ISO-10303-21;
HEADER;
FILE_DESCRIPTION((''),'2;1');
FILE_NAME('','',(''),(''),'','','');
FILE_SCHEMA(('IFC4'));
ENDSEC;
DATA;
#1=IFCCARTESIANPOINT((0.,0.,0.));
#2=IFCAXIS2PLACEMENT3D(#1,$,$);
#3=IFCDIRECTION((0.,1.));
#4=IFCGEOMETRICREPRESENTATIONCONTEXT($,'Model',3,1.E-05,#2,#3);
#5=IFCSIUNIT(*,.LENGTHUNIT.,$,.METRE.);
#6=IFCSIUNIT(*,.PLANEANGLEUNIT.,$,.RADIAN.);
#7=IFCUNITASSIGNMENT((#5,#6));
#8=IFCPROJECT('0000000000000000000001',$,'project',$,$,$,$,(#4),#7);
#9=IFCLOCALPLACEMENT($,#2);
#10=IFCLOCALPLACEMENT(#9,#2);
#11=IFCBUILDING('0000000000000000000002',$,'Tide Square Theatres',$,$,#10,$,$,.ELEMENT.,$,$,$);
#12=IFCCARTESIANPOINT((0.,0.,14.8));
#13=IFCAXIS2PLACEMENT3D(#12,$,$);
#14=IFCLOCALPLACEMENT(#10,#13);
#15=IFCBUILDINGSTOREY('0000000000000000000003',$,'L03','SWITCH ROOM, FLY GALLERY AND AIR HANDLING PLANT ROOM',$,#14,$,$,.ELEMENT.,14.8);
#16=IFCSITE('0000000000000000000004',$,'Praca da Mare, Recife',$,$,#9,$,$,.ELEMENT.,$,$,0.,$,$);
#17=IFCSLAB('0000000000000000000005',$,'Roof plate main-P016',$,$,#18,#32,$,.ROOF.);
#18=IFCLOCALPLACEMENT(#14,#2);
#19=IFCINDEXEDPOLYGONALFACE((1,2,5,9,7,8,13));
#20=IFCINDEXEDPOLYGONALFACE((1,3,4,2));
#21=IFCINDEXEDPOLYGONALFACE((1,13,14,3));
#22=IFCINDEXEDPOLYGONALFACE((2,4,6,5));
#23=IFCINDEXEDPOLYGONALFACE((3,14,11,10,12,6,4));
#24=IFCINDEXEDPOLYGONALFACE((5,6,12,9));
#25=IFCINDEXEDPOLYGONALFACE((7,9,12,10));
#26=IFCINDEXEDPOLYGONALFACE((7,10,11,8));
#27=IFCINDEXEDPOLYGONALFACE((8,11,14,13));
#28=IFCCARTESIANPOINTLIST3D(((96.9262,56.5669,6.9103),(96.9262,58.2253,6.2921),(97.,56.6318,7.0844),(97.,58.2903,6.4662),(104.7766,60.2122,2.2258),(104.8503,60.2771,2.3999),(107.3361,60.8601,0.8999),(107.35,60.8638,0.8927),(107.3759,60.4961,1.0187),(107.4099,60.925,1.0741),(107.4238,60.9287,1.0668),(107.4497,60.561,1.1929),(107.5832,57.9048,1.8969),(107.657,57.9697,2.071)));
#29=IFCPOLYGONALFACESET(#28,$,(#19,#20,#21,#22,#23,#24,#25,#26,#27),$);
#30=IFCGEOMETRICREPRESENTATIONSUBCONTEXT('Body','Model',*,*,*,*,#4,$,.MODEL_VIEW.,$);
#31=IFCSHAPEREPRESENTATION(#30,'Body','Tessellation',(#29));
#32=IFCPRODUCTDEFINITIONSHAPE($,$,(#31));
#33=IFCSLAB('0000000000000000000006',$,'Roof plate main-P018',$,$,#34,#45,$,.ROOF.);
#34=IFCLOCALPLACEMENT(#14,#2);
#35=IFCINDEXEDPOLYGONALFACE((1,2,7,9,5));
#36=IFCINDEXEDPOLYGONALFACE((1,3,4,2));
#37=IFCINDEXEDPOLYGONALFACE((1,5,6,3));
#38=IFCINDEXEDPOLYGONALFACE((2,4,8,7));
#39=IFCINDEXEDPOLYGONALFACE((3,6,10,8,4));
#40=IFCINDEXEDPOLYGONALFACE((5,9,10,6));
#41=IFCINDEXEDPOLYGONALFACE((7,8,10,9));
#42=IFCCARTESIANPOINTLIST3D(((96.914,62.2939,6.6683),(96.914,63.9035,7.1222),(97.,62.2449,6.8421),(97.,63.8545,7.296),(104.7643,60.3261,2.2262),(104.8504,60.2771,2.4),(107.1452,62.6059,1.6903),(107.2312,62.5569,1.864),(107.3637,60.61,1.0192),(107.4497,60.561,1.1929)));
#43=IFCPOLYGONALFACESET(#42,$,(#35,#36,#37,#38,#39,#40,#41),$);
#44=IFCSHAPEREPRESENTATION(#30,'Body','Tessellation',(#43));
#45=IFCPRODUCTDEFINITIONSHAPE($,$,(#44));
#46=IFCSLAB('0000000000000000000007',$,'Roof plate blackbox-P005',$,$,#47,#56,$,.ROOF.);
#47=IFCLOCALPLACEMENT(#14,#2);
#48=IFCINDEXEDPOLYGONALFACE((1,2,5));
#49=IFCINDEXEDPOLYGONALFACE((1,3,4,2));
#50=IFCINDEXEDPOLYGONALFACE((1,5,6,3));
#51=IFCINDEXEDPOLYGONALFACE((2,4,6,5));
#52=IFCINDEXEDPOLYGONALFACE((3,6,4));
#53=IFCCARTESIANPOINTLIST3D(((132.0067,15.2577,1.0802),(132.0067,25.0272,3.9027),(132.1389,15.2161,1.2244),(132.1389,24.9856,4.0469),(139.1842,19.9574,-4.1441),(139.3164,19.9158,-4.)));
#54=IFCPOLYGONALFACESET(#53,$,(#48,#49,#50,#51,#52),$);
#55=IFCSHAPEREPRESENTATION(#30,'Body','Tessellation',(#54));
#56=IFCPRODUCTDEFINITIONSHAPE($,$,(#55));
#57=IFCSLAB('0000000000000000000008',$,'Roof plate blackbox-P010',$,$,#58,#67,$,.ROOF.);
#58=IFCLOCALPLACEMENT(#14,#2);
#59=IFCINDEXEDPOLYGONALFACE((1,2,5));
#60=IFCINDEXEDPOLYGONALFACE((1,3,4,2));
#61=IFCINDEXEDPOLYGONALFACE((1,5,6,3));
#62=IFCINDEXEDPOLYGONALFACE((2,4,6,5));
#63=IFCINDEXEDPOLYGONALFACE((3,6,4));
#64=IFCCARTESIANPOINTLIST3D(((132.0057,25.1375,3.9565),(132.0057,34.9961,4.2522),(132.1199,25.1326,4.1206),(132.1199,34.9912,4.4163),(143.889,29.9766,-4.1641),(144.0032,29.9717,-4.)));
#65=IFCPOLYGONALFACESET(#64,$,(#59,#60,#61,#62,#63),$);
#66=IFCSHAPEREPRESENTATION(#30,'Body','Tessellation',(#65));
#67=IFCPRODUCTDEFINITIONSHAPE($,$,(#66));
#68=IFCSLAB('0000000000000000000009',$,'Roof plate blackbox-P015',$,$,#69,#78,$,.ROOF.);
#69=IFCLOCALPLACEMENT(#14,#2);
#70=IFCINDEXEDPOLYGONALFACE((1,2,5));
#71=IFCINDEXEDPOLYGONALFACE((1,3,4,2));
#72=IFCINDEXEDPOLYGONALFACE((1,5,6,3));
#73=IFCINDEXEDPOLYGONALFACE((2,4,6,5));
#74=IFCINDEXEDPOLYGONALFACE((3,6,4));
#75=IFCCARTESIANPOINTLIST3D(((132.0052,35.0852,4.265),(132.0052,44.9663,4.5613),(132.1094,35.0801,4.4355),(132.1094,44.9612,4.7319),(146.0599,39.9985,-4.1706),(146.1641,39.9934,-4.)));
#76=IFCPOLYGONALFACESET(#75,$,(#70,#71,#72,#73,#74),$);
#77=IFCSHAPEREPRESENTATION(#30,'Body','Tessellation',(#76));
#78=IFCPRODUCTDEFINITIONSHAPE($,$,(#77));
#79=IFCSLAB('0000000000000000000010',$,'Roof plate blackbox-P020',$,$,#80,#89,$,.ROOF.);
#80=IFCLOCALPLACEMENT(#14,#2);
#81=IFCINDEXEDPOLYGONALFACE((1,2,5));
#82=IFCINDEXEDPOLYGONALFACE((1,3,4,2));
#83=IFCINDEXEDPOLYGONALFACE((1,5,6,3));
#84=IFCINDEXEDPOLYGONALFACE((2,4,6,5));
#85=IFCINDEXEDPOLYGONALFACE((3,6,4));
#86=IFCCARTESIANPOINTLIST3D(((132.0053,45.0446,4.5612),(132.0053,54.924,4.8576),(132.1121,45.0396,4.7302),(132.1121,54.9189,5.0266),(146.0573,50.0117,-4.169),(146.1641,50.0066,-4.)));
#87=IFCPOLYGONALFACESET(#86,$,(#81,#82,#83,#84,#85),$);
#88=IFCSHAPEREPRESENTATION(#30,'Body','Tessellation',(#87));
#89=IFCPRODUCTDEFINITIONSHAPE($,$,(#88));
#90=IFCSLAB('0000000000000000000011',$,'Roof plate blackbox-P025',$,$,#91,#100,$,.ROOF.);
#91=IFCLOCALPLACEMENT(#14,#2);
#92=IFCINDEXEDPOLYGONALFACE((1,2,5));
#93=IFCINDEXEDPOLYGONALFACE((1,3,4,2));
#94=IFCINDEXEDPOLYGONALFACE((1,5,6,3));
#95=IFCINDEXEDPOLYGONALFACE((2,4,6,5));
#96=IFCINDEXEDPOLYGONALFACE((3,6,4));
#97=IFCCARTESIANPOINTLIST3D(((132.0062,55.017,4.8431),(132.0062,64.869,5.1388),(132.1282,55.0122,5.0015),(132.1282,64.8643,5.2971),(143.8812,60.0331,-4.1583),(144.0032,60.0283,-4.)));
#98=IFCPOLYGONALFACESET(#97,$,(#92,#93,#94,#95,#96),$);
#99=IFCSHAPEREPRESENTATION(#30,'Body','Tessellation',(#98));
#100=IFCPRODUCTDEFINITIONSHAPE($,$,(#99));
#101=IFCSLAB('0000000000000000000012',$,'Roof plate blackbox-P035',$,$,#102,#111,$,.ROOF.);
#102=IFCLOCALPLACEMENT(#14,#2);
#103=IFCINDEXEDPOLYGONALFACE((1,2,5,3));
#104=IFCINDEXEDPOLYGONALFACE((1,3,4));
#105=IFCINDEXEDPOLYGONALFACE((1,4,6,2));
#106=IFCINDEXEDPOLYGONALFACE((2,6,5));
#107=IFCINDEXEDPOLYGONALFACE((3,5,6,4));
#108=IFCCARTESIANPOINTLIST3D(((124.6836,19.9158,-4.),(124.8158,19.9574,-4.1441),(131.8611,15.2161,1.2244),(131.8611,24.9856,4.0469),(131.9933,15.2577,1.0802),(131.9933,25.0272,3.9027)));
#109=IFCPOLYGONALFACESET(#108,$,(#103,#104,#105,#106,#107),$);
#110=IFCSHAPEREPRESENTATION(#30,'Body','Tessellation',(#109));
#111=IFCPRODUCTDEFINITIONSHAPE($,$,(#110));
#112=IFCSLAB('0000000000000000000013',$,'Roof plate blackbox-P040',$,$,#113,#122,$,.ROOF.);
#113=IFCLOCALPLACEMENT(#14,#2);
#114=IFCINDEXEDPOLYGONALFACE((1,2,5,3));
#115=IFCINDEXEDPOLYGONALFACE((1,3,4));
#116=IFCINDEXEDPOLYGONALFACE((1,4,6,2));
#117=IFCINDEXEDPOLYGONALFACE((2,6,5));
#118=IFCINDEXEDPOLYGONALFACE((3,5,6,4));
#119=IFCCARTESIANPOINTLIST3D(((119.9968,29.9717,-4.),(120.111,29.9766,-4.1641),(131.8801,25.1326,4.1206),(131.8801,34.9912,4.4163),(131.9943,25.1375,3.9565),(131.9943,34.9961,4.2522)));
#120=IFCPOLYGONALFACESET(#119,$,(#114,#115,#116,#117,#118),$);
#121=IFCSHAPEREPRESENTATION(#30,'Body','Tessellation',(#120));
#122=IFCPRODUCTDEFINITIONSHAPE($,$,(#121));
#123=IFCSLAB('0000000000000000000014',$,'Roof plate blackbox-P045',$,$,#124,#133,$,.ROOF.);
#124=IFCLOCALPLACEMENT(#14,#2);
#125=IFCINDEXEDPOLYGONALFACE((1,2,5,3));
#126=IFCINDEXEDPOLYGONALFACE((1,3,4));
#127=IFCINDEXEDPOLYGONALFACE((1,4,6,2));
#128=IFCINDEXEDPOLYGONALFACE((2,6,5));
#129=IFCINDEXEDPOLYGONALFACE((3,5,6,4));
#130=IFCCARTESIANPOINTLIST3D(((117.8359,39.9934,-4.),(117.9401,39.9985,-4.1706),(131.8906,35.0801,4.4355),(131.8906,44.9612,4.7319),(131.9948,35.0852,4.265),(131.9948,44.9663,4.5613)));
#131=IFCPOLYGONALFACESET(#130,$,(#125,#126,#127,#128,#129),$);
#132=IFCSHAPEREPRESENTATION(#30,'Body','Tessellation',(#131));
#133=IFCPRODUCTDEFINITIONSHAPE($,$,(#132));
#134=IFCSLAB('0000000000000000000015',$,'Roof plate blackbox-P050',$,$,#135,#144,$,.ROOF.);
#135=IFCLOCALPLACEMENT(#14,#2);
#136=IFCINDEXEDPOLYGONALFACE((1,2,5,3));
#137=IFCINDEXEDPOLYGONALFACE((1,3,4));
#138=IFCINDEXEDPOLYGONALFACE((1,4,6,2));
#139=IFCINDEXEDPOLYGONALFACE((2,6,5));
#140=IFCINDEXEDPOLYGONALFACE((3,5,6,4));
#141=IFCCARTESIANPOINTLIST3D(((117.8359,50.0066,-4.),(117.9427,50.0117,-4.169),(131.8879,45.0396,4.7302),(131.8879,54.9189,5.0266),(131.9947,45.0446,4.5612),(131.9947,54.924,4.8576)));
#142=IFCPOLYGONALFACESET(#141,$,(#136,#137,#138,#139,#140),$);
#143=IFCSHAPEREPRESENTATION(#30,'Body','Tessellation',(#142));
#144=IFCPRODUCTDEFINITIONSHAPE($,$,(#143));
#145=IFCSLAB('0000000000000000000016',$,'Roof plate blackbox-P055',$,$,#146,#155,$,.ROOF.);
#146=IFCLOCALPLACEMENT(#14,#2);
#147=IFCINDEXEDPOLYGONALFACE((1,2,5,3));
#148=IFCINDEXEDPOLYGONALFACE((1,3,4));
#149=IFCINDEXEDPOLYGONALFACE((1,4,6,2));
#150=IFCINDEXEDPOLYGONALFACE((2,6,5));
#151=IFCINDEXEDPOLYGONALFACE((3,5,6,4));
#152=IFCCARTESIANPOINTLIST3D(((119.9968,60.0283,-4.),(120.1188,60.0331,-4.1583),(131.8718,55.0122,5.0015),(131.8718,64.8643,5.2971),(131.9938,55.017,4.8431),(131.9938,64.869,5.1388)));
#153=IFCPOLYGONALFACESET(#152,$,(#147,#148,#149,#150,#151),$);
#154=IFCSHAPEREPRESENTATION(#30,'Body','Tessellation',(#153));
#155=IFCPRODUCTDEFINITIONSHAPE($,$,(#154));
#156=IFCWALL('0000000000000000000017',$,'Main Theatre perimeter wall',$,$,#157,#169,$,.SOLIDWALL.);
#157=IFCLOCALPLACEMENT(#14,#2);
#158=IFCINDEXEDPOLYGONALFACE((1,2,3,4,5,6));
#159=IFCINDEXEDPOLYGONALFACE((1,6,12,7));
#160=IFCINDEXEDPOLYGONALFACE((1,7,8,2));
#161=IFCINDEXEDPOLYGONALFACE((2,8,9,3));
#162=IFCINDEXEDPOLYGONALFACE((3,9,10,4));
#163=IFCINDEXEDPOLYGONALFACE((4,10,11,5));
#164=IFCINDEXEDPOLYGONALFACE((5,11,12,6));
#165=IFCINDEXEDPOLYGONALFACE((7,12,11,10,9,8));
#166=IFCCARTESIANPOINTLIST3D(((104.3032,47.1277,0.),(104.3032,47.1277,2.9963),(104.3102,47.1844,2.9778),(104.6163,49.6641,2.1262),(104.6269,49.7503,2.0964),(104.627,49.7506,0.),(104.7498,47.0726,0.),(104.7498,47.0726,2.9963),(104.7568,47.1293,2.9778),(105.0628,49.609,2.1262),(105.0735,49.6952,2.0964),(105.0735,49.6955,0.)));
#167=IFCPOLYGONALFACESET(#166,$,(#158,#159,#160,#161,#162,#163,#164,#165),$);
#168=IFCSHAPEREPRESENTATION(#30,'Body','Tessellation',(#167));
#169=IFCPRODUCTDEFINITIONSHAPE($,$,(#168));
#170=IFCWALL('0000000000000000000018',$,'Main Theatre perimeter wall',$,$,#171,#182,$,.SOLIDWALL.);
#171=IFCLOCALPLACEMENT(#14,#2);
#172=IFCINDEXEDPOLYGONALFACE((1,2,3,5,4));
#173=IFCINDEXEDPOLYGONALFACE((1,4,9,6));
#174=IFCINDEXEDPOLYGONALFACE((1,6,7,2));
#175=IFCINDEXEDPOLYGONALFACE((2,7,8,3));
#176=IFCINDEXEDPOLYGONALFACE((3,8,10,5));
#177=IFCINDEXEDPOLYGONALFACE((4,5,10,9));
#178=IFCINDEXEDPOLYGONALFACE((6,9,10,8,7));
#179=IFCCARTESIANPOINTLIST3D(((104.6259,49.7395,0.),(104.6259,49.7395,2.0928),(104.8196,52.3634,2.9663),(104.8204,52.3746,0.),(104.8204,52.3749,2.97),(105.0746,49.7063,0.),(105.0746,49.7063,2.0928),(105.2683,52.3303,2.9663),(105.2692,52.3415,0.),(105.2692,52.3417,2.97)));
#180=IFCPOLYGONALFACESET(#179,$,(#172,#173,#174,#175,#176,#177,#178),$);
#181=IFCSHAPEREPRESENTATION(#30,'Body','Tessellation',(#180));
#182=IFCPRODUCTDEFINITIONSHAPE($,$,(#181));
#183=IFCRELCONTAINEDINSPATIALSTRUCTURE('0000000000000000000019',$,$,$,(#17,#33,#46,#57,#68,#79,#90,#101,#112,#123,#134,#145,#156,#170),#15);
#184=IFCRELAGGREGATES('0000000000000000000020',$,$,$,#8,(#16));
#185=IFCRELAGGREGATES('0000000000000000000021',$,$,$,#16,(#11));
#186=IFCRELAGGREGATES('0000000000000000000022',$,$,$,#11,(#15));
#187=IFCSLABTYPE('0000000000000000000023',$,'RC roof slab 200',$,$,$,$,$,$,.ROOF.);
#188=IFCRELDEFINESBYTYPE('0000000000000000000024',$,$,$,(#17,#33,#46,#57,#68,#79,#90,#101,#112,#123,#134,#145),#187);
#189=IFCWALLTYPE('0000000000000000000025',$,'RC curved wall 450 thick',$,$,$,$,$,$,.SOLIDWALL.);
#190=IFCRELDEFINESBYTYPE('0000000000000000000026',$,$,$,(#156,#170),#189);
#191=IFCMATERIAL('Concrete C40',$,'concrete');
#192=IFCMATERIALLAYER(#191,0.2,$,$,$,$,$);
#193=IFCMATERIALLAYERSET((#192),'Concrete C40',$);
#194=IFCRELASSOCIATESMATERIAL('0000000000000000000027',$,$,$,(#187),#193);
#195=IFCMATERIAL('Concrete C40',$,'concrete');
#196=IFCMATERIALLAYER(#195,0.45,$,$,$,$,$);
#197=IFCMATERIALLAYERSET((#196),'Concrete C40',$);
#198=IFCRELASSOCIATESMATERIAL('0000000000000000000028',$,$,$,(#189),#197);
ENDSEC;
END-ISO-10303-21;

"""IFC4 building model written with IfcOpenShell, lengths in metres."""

from ifc_helpers import new_model, si_unit, direction, frame, origin, place, context, subcontext, project, spatial, polyline, outline, extrude, material, layer, layer_set, type_object, element, save


model = new_model("IFC4")

# Units and contexts
model_context = context("Model", 3, precision=1e-05, world=origin(), true_north=direction((0.0, 1.0)))
body_context = subcontext(model_context, "Body", "Model", "MODEL_VIEW")
ifc_project = project(units=[si_unit("LENGTHUNIT", "METRE"), si_unit("PLANEANGLEUNIT", "RADIAN")], contexts=[model_context])

# Site, building, storey
site_placement = place(None, origin())
site = spatial("IfcSite", under=ifc_project, at=site_placement, Name="Praca da Mare, Recife", CompositionType="ELEMENT", RefElevation=0.0)
building_placement = place(site_placement, origin())
building = spatial("IfcBuilding", under=site, at=building_placement, Name="Tide Square Theatres", CompositionType="ELEMENT")
storey_placement = place(building_placement, frame((0.0, 0.0, 14.8)))
storey = spatial("IfcBuildingStorey", under=building, at=storey_placement, Name="L03", Description="SWITCH ROOM, FLY GALLERY AND AIR HANDLING PLANT ROOM", CompositionType="ELEMENT", Elevation=14.8)

# Slabs
ifc_material_1 = material(Name="Concrete C40", Category="concrete")
ifc_layer_1 = layer(ifc_material_1, 0.2)
ifc_layer_set_1 = layer_set([ifc_layer_1], Name="Concrete C40")
slab_type = type_object("IfcSlabType", Name="RC roof slab 200", PredefinedType="ROOF", material=ifc_layer_set_1)
slab_1_placement = place(storey_placement, frame((104.8503, 60.2771, 2.3999), z_axis=(0.368948, 0.324646, 0.870909), x_axis=(-0.866343, -0.219262, 0.448748)))
element("IfcSlab", 1, at=slab_1_placement, inside=storey, type_object=slab_type, Name="Roof plate main-P016", PredefinedType="ROOF", context=body_context, shape_type="SweptSolid", body=[
    extrude(outline(polyline([(0.0, 0.0), (9.0615, 0.0), (9.7025, 1.6497), (-2.0732, 3.0019), (-2.9706, -0.0003), (-2.9544, -0.0001), (-2.8558, 0.372), (0.0, 0.0)])), origin(), (0.0, 0.0, -1.0), 0.2),
])
slab_2_placement = place(storey_placement, frame((107.2312, 62.5569, 1.864), z_axis=(0.43021, -0.245028, 0.868839), x_axis=(-0.877746, 0.111322, 0.466015)))
element("IfcSlab", 2, at=slab_2_placement, inside=storey, type_object=slab_type, Name="Roof plate main-P018", PredefinedType="ROOF", context=body_context, shape_type="SweptSolid", body=[
    extrude(outline(polyline([(0.0, 0.0), (11.6562, 0.0), (11.2655, 1.6261), (2.0857, 2.6082), (-0.7267, 1.9883), (0.0, 0.0)])), origin(), (0.0, 0.0, -1.0), 0.2),
])
slab_3_placement = place(storey_placement, frame((139.3164, 19.9158, -4.0), z_axis=(0.66106, -0.208261, 0.720851), x_axis=(-0.602382, 0.425493, 0.675346)))
element("IfcSlab", 3, at=slab_3_placement, inside=storey, type_object=slab_type, Name="Roof plate blackbox-P005", PredefinedType="ROOF", context=body_context, shape_type="SweptSolid", body=[
    extrude(outline(polyline([(0.0, 0.0), (11.9152, 0.0), (5.8522, 8.1639), (0.0, 0.0)])), origin(), (0.0, 0.0, -1.0), 0.2),
])
slab_4_placement = place(storey_placement, frame((144.0032, 29.9717, -4.0), z_axis=(0.570849, -0.024612, 0.820686), x_axis=(-0.77151, 0.325887, 0.546416)))
element("IfcSlab", 4, at=slab_4_placement, inside=storey, type_object=slab_type, Name="Roof plate blackbox-P010", PredefinedType="ROOF", context=body_context, shape_type="SweptSolid", body=[
    extrude(outline(polyline([(0.0, 0.0), (15.4027, 0.0), (12.0283, 9.2679), (0.0, 0.0)])), origin(), (0.0, 0.0, -1.0), 0.2),
])
slab_5_placement = place(storey_placement, frame((146.1641, 39.9934, -4.0), z_axis=(0.521012, -0.025591, 0.853166), x_axis=(-0.813539, 0.287554, 0.505438)))
element("IfcSlab", 5, at=slab_5_placement, inside=storey, type_object=slab_type, Name="Roof plate blackbox-P015", PredefinedType="ROOF", context=body_context, shape_type="SweptSolid", body=[
    extrude(outline(polyline([(0.0, 0.0), (17.276, 0.0), (14.2848, 9.4222), (0.0, 0.0)])), origin(), (0.0, 0.0, -1.0), 0.2),
])
slab_6_placement = place(storey_placement, frame((146.1641, 50.0066, -4.0), z_axis=(0.534006, -0.025353, 0.845101), x_axis=(-0.807174, 0.282175, 0.518506)))
element("IfcSlab", 6, at=slab_6_placement, inside=storey, type_object=slab_type, Name="Roof plate blackbox-P020", PredefinedType="ROOF", context=body_context, shape_type="SweptSolid", body=[
    extrude(outline(polyline([(0.0, 0.0), (17.4089, 0.0), (14.4675, 9.436), (0.0, 0.0)])), origin(), (0.0, 0.0, -1.0), 0.2),
])
slab_7_placement = place(storey_placement, frame((144.0032, 60.0283, -4.0), z_axis=(0.610266, -0.023763, 0.79184), x_axis=(-0.749785, 0.30534, 0.587018)))
element("IfcSlab", 7, at=slab_7_placement, inside=storey, type_object=slab_type, Name="Roof plate blackbox-P025", PredefinedType="ROOF", context=body_context, shape_type="SweptSolid", body=[
    extrude(outline(polyline([(0.0, 0.0), (15.8379, 0.0), (12.6561, 9.3288), (0.0, 0.0)])), origin(), (0.0, 0.0, -1.0), 0.2),
])
slab_8_placement = place(storey_placement, frame((124.6836, 19.9158, -4.0), z_axis=(-0.66106, -0.208261, 0.720851), x_axis=(0.714549, -0.467876, 0.520107)))
element("IfcSlab", 8, at=slab_8_placement, inside=storey, type_object=slab_type, Name="Roof plate blackbox-P035", PredefinedType="ROOF", context=body_context, shape_type="SweptSolid", body=[
    extrude(outline(polyline([(0.0, 0.0), (10.0448, 0.0), (6.9419, 9.6841), (0.0, 0.0)])), origin(), (0.0, 0.0, -1.0), 0.2),
])
slab_9_placement = place(storey_placement, frame((119.9968, 29.9717, -4.0), z_axis=(-0.570849, -0.024612, 0.820686), x_axis=(0.782586, -0.318684, 0.53479)))
element("IfcSlab", 9, at=slab_9_placement, inside=storey, type_object=slab_type, Name="Roof plate blackbox-P040", PredefinedType="ROOF", context=body_context, shape_type="SweptSolid", body=[
    extrude(outline(polyline([(0.0, 0.0), (15.1847, 0.0), (12.201, 9.401), (0.0, 0.0)])), origin(), (0.0, 0.0, -1.0), 0.2),
])
slab_10_placement = place(storey_placement, frame((117.8359, 39.9934, -4.0), z_axis=(-0.521012, -0.025591, 0.853166), x_axis=(0.821317, -0.287121, 0.49295)))
element("IfcSlab", 10, at=slab_10_placement, inside=storey, type_object=slab_type, Name="Roof plate blackbox-P045", PredefinedType="ROOF", context=body_context, shape_type="SweptSolid", body=[
    extrude(outline(polyline([(0.0, 0.0), (17.1124, 0.0), (14.4214, 9.5122), (0.0, 0.0)])), origin(), (0.0, 0.0, -1.0), 0.2),
])
slab_11_placement = place(storey_placement, frame((117.8359, 50.0066, -4.0), z_axis=(-0.534006, -0.025353, 0.845101), x_axis=(0.813537, -0.287566, 0.505434)))
element("IfcSlab", 11, at=slab_11_placement, inside=storey, type_object=slab_type, Name="Roof plate blackbox-P050", PredefinedType="ROOF", context=body_context, shape_type="SweptSolid", body=[
    extrude(outline(polyline([(0.0, 0.0), (17.2727, 0.0), (14.5816, 9.5104), (0.0, 0.0)])), origin(), (0.0, 0.0, -1.0), 0.2),
])
slab_12_placement = place(storey_placement, frame((119.9968, 60.0283, -4.0), z_axis=(-0.610266, -0.023763, 0.79184), x_axis=(0.755277, -0.319036, 0.572514)))
element("IfcSlab", 12, at=slab_12_placement, inside=storey, type_object=slab_type, Name="Roof plate blackbox-P055", PredefinedType="ROOF", context=body_context, shape_type="SweptSolid", body=[
    extrude(outline(polyline([(0.0, 0.0), (15.7227, 0.0), (12.7488, 9.3971), (0.0, 0.0)])), origin(), (0.0, 0.0, -1.0), 0.2),
])

# Walls
ifc_material_2 = material(Name="Concrete C40", Category="concrete")
ifc_layer_2 = layer(ifc_material_2, 0.45)
ifc_layer_set_2 = layer_set([ifc_layer_2], Name="Concrete C40")
wall_type_1 = type_object("IfcWallType", Name="RC curved wall 450 thick", PredefinedType="SOLIDWALL", material=ifc_layer_set_2)
wall_1_placement = place(storey_placement, frame((104.5266, 47.1001, 0.0), z_axis=(0.0, 0.0, 1.0), x_axis=(0.1225, 0.992469, 0.0)))
element("IfcWall", 13, at=wall_1_placement, inside=storey, type_object=wall_type_1, Name="Main Theatre perimeter wall", PredefinedType="SOLIDWALL", context=body_context, shape_type="SweptSolid", body=[
    extrude(outline(polyline([(0.0, 0.0), (2.6428, 0.0), (2.6426, 2.0964), (2.5557, 2.1262), (0.0571, 2.9778), (0.0, 2.9963), (0.0, 0.0)])), frame((0.0, 0.2251, 0.0), z_axis=(0.0, -1.0, 0.0), x_axis=(1.0, 0.0, 0.0)), (0.0, 0.0, 1.0), 0.45),
])
wall_2_placement = place(storey_placement, frame((104.8503, 49.7229, 0.0), z_axis=(0.0, 0.0, 1.0), x_axis=(0.073637, 0.997285, 0.0)))
element("IfcWall", 14, at=wall_2_placement, inside=storey, type_object=wall_type_1, Name="Main Theatre perimeter wall", PredefinedType="SOLIDWALL", context=body_context, shape_type="SweptSolid", body=[
    extrude(outline(polyline([(0.0, 0.0), (2.6423, 0.0), (2.6426, 2.97), (2.6311, 2.9663), (0.0, 2.0928), (0.0, 0.0)])), frame((0.0, 0.2251, 0.0), z_axis=(0.0, -1.0, 0.0), x_axis=(1.0, 0.0, 0.0)), (0.0, 0.0, 1.0), 0.45),
])

save(model, "model.ifc")
